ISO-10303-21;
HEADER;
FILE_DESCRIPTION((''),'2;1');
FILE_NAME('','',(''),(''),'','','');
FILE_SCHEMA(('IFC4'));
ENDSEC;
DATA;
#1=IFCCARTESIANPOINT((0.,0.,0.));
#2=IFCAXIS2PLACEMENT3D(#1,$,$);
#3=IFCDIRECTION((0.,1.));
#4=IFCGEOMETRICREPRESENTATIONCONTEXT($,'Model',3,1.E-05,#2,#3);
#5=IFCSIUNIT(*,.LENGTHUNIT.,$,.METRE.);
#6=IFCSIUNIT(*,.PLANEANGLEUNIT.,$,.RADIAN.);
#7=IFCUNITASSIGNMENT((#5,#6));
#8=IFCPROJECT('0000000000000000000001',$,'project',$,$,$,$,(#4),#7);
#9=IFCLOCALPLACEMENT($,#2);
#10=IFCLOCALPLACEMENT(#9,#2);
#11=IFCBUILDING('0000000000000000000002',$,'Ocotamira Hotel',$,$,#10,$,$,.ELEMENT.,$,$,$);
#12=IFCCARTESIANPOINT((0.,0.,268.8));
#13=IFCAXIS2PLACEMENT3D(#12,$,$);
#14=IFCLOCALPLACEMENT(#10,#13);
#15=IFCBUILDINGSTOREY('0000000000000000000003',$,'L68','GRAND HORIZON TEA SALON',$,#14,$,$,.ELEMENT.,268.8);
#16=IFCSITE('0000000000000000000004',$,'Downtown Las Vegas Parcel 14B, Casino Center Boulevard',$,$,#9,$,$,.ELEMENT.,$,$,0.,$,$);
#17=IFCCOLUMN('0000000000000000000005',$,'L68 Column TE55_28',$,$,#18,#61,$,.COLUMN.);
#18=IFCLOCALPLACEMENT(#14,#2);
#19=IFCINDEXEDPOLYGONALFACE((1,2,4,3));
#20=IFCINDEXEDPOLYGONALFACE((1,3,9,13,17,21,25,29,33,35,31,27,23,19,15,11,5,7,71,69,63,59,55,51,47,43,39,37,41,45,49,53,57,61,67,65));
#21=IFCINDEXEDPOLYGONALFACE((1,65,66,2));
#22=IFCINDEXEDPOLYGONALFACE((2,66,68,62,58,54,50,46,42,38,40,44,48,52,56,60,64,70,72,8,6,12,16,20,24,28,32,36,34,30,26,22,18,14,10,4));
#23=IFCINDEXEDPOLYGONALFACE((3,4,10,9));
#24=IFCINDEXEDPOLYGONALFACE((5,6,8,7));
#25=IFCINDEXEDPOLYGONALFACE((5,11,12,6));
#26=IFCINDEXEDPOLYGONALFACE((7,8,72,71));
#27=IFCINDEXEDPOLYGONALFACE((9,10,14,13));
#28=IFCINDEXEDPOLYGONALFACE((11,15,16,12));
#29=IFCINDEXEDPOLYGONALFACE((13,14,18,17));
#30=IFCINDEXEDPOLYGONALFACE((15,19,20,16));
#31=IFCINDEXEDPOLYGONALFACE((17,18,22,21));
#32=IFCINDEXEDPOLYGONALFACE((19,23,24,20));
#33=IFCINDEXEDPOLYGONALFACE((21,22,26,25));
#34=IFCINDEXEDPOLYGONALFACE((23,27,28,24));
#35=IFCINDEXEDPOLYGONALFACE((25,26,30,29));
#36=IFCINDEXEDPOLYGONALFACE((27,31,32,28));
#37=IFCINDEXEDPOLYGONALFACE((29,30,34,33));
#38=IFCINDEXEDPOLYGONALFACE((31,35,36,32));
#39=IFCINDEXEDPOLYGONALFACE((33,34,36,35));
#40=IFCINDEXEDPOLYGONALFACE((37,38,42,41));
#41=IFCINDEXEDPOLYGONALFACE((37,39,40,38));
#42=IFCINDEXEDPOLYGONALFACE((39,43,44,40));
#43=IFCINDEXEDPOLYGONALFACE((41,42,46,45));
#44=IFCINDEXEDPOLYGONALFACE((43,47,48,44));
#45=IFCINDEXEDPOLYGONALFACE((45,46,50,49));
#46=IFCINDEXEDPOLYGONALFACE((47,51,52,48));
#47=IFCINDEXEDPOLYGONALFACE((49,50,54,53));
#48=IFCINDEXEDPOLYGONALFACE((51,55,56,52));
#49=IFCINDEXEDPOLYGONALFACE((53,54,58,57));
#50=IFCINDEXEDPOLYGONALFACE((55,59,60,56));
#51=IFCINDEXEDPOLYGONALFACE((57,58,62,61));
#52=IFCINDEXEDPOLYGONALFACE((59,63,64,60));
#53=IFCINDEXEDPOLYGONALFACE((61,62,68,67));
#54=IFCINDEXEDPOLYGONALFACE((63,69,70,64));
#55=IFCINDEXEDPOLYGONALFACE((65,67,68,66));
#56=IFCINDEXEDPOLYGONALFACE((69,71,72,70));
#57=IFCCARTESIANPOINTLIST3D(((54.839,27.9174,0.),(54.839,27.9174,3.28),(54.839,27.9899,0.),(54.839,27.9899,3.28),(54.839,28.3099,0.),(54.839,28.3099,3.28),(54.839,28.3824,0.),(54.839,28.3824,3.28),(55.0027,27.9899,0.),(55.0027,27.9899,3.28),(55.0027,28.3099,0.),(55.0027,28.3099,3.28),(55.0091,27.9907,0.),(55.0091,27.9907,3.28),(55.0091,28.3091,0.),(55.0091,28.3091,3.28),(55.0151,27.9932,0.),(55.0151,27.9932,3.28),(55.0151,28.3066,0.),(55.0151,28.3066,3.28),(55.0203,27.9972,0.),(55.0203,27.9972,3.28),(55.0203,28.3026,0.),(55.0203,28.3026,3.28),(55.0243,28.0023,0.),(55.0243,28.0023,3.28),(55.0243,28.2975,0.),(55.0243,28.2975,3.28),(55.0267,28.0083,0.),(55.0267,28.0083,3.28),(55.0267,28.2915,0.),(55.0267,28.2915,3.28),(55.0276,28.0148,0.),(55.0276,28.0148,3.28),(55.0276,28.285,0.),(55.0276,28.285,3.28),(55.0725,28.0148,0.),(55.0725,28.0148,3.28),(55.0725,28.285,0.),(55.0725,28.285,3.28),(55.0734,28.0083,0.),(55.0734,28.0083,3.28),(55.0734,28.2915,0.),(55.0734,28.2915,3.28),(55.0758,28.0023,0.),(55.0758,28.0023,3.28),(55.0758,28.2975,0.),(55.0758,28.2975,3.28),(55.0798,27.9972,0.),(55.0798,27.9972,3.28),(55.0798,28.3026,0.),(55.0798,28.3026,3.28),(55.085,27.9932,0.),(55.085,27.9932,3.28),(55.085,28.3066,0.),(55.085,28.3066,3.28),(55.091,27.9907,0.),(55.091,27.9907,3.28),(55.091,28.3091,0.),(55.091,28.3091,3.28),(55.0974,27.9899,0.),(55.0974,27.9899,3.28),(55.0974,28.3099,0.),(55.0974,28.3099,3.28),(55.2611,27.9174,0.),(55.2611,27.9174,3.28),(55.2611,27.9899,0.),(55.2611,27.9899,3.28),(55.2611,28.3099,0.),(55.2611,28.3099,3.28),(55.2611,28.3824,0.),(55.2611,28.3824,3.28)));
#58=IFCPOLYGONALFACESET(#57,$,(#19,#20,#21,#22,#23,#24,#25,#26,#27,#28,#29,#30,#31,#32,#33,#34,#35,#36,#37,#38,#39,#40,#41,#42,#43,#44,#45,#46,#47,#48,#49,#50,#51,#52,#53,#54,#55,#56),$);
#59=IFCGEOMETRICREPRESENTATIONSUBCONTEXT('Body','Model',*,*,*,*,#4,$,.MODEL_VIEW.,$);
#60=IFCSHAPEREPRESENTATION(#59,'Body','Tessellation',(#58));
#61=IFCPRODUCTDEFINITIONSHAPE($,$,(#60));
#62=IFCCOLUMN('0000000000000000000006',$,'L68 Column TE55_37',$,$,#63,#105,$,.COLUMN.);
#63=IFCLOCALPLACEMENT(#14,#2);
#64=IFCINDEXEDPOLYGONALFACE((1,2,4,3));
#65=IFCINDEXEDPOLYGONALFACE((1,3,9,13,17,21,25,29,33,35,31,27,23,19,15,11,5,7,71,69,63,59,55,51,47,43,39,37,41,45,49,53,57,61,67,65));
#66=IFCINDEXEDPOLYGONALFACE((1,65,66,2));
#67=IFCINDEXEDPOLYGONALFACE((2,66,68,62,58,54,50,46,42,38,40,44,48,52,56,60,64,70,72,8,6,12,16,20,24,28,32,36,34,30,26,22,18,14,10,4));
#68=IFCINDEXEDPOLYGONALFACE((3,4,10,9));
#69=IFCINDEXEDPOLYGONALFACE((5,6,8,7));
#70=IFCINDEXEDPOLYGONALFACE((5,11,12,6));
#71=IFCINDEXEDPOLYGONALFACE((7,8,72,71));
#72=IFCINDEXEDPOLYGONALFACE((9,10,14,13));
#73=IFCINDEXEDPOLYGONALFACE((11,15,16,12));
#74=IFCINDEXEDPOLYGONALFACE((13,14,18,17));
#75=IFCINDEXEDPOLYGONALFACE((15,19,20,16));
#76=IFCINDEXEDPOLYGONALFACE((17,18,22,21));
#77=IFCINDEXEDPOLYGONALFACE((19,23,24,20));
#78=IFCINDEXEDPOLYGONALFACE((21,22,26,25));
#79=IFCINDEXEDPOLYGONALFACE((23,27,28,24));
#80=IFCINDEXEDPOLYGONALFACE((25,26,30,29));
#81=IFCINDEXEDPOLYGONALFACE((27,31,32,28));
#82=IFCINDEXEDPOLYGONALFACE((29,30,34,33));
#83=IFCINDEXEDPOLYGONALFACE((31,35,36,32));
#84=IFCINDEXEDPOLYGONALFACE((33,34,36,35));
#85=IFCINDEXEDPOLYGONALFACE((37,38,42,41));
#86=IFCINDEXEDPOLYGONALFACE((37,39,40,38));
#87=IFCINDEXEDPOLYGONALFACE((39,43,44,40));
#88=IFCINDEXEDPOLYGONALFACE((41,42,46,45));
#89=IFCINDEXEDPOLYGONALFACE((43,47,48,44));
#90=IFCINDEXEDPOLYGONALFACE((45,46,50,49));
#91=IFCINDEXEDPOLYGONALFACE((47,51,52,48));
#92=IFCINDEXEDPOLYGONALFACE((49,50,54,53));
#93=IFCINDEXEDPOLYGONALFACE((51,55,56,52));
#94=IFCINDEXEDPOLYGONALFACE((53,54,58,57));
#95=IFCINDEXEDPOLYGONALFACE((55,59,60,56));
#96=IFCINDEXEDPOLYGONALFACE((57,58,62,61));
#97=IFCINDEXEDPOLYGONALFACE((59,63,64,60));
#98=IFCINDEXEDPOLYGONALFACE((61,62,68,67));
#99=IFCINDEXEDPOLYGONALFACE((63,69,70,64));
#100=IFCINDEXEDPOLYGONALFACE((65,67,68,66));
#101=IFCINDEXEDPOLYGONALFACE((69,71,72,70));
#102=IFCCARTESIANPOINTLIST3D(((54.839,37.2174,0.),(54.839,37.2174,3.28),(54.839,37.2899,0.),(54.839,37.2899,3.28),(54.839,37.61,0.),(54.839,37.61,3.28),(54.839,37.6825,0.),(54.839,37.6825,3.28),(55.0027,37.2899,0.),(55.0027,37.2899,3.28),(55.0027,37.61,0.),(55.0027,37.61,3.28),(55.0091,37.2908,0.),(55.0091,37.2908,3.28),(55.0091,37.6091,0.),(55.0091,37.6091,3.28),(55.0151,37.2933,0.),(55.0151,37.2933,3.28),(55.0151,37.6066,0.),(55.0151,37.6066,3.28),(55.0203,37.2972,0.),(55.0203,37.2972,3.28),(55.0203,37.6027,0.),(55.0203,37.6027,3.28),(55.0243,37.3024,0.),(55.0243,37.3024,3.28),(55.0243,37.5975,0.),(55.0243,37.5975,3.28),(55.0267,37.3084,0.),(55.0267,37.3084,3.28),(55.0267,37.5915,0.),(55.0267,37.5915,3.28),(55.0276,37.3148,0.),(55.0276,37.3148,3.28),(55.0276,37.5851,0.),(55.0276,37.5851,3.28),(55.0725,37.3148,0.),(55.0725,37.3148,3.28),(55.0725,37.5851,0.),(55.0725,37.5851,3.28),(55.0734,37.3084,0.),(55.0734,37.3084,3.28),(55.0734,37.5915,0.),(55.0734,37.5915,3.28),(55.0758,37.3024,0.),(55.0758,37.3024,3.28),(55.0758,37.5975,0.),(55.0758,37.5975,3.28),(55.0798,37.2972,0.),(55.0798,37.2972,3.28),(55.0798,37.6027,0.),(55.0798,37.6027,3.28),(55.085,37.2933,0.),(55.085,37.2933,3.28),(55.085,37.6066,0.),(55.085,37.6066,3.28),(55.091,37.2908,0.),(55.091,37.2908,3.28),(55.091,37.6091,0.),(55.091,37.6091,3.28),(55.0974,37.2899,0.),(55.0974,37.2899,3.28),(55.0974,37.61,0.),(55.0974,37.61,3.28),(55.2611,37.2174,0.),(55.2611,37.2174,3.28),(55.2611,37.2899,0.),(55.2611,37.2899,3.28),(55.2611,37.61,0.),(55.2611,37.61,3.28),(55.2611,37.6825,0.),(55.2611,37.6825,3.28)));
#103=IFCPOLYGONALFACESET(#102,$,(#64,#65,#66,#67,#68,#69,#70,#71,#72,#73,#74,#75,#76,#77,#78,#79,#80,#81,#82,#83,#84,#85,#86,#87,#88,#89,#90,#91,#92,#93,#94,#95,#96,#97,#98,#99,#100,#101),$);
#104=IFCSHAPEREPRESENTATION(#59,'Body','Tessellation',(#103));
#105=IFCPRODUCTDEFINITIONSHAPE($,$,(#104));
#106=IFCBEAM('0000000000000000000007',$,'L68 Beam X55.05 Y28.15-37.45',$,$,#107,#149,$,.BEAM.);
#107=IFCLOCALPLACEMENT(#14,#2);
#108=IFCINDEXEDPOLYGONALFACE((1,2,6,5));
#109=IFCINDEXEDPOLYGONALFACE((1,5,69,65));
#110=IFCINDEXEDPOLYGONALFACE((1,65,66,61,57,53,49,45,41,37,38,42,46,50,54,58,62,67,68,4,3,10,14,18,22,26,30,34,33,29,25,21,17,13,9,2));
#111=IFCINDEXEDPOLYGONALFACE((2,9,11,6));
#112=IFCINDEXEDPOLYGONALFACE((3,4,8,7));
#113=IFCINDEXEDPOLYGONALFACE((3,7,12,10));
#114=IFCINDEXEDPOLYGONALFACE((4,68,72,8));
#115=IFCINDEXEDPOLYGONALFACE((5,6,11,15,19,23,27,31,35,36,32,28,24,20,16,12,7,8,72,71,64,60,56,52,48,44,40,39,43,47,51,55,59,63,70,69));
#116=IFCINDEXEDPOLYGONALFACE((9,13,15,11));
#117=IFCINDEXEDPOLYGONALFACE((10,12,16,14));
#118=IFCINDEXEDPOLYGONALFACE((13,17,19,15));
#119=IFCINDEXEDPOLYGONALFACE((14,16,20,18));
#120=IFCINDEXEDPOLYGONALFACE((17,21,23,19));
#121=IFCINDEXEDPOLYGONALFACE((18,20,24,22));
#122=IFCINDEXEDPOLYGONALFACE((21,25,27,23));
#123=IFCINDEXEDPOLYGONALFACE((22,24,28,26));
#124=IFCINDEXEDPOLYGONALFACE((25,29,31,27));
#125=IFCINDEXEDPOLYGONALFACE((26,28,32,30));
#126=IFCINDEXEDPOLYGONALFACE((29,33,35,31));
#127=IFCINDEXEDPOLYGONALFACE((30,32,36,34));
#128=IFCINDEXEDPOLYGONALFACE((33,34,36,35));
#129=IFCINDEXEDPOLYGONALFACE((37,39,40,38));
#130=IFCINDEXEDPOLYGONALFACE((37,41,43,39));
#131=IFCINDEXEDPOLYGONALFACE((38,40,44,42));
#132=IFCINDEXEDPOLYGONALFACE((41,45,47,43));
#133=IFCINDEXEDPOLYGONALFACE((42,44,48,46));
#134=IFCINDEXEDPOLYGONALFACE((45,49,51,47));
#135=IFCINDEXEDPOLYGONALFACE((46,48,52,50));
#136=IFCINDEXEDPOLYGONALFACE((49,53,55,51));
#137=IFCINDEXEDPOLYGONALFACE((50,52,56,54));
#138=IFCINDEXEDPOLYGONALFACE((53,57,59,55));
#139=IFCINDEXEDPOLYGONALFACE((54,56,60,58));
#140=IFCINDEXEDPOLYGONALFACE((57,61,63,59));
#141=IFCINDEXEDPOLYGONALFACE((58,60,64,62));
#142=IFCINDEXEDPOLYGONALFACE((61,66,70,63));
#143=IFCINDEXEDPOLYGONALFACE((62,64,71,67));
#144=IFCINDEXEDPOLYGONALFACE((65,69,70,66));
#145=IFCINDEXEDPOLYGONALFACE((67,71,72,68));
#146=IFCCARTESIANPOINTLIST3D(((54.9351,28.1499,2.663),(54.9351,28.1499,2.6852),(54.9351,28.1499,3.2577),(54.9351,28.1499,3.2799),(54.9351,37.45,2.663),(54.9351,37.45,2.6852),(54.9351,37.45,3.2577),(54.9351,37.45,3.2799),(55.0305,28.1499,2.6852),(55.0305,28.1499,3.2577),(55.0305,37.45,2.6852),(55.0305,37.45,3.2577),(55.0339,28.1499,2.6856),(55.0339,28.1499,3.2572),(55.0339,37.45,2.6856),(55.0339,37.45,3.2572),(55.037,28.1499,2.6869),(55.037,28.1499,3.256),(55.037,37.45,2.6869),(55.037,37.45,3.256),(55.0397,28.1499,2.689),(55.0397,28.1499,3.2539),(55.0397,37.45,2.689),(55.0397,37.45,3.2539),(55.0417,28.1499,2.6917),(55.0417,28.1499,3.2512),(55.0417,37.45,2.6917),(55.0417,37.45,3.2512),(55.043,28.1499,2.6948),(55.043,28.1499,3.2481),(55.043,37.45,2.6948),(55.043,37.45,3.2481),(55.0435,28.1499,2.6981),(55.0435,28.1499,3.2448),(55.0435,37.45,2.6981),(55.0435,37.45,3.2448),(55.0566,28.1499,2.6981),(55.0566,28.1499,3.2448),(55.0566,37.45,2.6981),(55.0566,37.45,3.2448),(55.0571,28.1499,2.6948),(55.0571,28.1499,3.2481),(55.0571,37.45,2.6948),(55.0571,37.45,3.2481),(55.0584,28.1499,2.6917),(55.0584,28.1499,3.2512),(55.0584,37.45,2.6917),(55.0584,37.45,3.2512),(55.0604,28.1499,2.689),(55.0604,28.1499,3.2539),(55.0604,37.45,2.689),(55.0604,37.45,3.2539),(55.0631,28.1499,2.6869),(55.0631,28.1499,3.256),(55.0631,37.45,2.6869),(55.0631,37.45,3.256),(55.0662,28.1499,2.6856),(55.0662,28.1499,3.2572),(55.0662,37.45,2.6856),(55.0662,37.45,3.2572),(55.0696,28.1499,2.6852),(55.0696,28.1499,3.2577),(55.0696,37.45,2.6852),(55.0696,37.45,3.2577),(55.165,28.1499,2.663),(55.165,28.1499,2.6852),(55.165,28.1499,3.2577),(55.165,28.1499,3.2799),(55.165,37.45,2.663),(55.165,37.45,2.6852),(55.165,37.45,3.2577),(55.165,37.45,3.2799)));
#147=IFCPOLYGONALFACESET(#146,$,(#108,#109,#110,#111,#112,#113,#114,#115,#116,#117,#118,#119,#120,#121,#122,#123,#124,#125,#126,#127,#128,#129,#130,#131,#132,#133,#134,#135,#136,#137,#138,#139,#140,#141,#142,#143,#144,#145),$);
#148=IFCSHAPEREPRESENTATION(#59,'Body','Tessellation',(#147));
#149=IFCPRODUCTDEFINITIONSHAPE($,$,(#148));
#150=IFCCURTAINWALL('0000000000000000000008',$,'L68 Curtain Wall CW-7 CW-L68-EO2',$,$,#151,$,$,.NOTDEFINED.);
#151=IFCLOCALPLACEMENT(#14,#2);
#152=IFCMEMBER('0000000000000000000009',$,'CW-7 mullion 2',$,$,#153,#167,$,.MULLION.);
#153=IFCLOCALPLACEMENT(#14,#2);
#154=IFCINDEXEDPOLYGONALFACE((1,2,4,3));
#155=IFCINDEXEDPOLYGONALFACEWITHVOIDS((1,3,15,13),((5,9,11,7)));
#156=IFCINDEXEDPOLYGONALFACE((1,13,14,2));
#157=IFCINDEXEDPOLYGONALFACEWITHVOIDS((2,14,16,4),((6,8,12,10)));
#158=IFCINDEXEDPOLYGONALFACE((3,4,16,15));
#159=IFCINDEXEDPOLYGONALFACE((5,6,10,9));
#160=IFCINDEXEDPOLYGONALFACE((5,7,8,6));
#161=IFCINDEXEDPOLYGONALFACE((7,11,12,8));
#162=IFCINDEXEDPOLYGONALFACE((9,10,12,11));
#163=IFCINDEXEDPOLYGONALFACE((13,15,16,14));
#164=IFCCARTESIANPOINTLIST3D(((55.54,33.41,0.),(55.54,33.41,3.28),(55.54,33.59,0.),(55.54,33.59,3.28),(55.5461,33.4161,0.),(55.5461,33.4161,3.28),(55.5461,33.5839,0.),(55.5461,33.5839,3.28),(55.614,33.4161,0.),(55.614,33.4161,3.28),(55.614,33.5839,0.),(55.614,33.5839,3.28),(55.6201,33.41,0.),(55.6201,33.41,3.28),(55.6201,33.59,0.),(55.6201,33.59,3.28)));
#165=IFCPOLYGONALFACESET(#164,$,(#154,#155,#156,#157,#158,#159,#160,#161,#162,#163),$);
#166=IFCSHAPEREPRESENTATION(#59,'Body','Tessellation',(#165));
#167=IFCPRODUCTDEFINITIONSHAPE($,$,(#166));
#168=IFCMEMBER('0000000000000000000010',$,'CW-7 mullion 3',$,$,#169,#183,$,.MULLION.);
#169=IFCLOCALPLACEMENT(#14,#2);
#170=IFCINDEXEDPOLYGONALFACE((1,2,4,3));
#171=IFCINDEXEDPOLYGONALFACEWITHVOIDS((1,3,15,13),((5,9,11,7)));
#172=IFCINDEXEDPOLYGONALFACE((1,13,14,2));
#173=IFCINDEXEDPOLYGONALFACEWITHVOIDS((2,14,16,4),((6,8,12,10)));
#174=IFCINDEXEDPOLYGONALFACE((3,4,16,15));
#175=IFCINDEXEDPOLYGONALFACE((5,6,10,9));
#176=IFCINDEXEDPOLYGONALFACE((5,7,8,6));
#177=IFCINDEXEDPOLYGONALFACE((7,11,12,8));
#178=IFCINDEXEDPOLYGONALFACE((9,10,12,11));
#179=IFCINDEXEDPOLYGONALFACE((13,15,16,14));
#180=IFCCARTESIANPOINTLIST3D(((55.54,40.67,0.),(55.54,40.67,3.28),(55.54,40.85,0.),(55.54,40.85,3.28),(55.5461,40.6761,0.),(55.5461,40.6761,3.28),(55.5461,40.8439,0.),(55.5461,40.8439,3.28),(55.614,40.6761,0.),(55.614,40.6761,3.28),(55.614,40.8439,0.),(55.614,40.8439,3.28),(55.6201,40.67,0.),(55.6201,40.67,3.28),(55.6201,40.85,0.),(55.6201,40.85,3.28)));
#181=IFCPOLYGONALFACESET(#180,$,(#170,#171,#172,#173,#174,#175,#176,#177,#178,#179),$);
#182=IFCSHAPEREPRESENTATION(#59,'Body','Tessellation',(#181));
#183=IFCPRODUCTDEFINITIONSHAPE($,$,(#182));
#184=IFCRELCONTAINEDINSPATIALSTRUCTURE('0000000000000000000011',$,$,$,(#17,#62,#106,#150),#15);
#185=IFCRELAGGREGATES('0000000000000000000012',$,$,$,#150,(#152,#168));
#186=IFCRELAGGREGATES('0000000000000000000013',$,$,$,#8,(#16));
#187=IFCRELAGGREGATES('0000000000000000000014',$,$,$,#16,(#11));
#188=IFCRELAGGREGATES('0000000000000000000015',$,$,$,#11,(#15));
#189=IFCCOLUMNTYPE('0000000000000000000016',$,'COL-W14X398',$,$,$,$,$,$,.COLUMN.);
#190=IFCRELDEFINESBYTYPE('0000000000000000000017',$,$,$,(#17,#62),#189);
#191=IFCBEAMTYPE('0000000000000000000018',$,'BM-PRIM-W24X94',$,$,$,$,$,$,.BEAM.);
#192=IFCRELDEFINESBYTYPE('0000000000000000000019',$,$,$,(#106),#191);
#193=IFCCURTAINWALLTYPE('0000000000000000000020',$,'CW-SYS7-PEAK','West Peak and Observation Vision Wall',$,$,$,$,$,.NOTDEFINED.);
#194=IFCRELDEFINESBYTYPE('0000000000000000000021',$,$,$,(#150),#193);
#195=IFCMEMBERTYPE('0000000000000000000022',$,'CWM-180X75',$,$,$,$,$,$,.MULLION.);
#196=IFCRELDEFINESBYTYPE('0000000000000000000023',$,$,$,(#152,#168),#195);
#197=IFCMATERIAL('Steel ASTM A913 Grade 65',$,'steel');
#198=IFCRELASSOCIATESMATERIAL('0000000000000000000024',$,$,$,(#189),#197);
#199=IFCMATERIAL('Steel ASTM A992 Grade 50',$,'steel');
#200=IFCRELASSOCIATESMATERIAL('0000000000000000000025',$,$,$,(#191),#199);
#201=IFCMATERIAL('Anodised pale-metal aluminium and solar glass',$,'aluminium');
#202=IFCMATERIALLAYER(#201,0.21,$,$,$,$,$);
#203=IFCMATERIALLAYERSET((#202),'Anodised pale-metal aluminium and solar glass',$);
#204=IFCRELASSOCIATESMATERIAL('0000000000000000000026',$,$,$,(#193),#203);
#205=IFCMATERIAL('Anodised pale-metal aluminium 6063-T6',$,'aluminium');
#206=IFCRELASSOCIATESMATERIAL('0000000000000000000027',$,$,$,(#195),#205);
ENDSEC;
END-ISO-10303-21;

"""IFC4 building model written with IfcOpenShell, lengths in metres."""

from ifc_helpers import new_model, si_unit, direction, frame, origin, origin_2d, place, context, subcontext, project, spatial, hollow_rectangle, i_section, extrude, source, transform, mapped, material, layer, layer_set, material_profile, profile_set, type_object, element, aggregate, save


model = new_model("IFC4")

# Units and contexts
model_context = context("Model", 3, precision=1e-05, world=origin(), true_north=direction((0.0, 1.0)))
body_context = subcontext(model_context, "Body", "Model", "MODEL_VIEW")
ifc_project = project(units=[si_unit("LENGTHUNIT", "METRE"), si_unit("PLANEANGLEUNIT", "RADIAN")], contexts=[model_context])

# Site, building, storey
site_placement = place(None, origin())
site = spatial("IfcSite", under=ifc_project, at=site_placement, Name="Downtown Las Vegas Parcel 14B, Casino Center Boulevard", CompositionType="ELEMENT", RefElevation=0.0)
building_placement = place(site_placement, origin())
building = spatial("IfcBuilding", under=site, at=building_placement, Name="Ocotamira Hotel", CompositionType="ELEMENT")
storey_placement = place(building_placement, frame((0.0, 0.0, 268.8)))
storey = spatial("IfcBuildingStorey", under=building, at=storey_placement, Name="L68", Description="GRAND HORIZON TEA SALON", CompositionType="ELEMENT", Elevation=268.8)

# Columns
ifc_material_1 = material(Name="Steel ASTM A913 Grade 65", Category="steel")
ifc_material_profile_1 = material_profile(ifc_material_1, i_section(OverallWidth=0.4221, OverallDepth=0.4651, WebThickness=0.0449, FlangeThickness=0.0725, FilletRadius=0.0249, at=origin_2d()), Name="W14X398")
ifc_profile_set_1 = profile_set([ifc_material_profile_1], Name="Steel ASTM A913 Grade 65")
column_type = type_object("IfcColumnType", Name="COL-W14X398", PredefinedType="COLUMN", material=ifc_profile_set_1)
shared_shape_1 = source(origin(), body_context, "Body", "SweptSolid", [
    extrude(i_section(OverallWidth=0.4221, OverallDepth=0.4651, WebThickness=0.0449, FlangeThickness=0.0725, FilletRadius=0.0249, at=origin_2d()), origin(), (0.0, 0.0, 1.0), 3.28),
])
for number, where, z_axis, x_axis, name in (
    (1, (55.05, 28.1499, 0.0), (0.0, 0.0, 1.0), (1.0, 0.0, 0.0), "L68 Column TE55_28"),
    (2, (55.05, 37.45, 0.0), (0.0, 0.0, 1.0), (1.0, 0.0, 0.0), "L68 Column TE55_37"),
):
    element("IfcColumn", number, at=place(storey_placement, frame(where, z_axis=z_axis, x_axis=x_axis)), inside=storey, type_object=column_type, Name=name, PredefinedType="COLUMN", context=body_context, shape_type="MappedRepresentation", body=[
        mapped(shared_shape_1, transform((0.0, 0.0, 0.0), scale=1.0)),
    ])

# Beam
ifc_material_2 = material(Name="Steel ASTM A992 Grade 50", Category="steel")
ifc_material_profile_2 = material_profile(ifc_material_2, i_section(OverallWidth=0.23, OverallDepth=0.6169, WebThickness=0.0132, FlangeThickness=0.0222, FilletRadius=0.0129, at=origin_2d()), Name="W24X94")
ifc_profile_set_2 = profile_set([ifc_material_profile_2], Name="Steel ASTM A992 Grade 50")
beam_type = type_object("IfcBeamType", Name="BM-PRIM-W24X94", PredefinedType="BEAM", material=ifc_profile_set_2)
shared_shape_2 = source(origin(), body_context, "Body", "SweptSolid", [
    extrude(i_section(OverallWidth=0.23, OverallDepth=0.6169, WebThickness=0.0132, FlangeThickness=0.0222, FilletRadius=0.0129, at=origin_2d()), origin(), (0.0, 0.0, 1.0), 9.3),
])
beam_placement = place(storey_placement, frame((55.05, 28.1499, 2.9714), z_axis=(0.0, 1.0, 0.0), x_axis=(-1.0, 0.0, 0.0)))
element("IfcBeam", 3, at=beam_placement, inside=storey, type_object=beam_type, Name="L68 Beam X55.05 Y28.15-37.45", PredefinedType="BEAM", context=body_context, shape_type="MappedRepresentation", body=[
    mapped(shared_shape_2, transform((0.0, 0.0, 0.0), scale=1.0)),
])

# Curtain wall, members
ifc_material_3 = material(Name="Anodised pale-metal aluminium and solar glass", Category="aluminium")
ifc_layer_1 = layer(ifc_material_3, 0.21)
ifc_layer_set_1 = layer_set([ifc_layer_1], Name="Anodised pale-metal aluminium and solar glass")
curtain_wall_type = type_object("IfcCurtainWallType", Name="CW-SYS7-PEAK", Description="West Peak and Observation Vision Wall", PredefinedType="NOTDEFINED", material=ifc_layer_set_1)
curtain_wall_placement = place(storey_placement, origin())
curtain_wall = element("IfcCurtainWall", 4, at=curtain_wall_placement, inside=storey, type_object=curtain_wall_type, Name="L68 Curtain Wall CW-7 CW-L68-EO2", PredefinedType="NOTDEFINED")
ifc_material_4 = material(Name="Anodised pale-metal aluminium 6063-T6", Category="aluminium")
ifc_material_profile_3 = material_profile(ifc_material_4, hollow_rectangle(XDim=0.0801, YDim=0.1799, WallThickness=0.0061, at=origin_2d()), Name="HSS180X80X6")
ifc_profile_set_3 = profile_set([ifc_material_profile_3], Name="Anodised pale-metal aluminium 6063-T6")
member_type_1 = type_object("IfcMemberType", Name="CWM-180X75", PredefinedType="MULLION", material=ifc_profile_set_3)
shared_shape_3 = source(origin(), body_context, "Body", "SweptSolid", [
    extrude(hollow_rectangle(XDim=0.0801, YDim=0.1799, WallThickness=0.0061, at=origin_2d()), origin(), (0.0, 0.0, 1.0), 3.28),
])
member_1_placement = place(storey_placement, frame((55.5801, 33.5, 0.0), z_axis=(0.0, 0.0, 1.0), x_axis=(-1.0, 0.0, 0.0)))
member_1 = element("IfcMember", 5, at=member_1_placement, type_object=member_type_1, Name="CW-7 mullion 2", PredefinedType="MULLION", context=body_context, shape_type="MappedRepresentation", body=[
    mapped(shared_shape_3, transform((0.0, 0.0, 0.0), scale=1.0)),
])
member_2_placement = place(storey_placement, frame((55.5801, 40.76, 0.0), z_axis=(0.0, 0.0, 1.0), x_axis=(-1.0, 0.0, 0.0)))
member_2 = element("IfcMember", 6, at=member_2_placement, type_object=member_type_1, Name="CW-7 mullion 3", PredefinedType="MULLION", context=body_context, shape_type="MappedRepresentation", body=[
    mapped(shared_shape_3, transform((0.0, 0.0, 0.0), scale=1.0)),
])
aggregate(curtain_wall, [member_1, member_2])

save(model, "model.ifc")
